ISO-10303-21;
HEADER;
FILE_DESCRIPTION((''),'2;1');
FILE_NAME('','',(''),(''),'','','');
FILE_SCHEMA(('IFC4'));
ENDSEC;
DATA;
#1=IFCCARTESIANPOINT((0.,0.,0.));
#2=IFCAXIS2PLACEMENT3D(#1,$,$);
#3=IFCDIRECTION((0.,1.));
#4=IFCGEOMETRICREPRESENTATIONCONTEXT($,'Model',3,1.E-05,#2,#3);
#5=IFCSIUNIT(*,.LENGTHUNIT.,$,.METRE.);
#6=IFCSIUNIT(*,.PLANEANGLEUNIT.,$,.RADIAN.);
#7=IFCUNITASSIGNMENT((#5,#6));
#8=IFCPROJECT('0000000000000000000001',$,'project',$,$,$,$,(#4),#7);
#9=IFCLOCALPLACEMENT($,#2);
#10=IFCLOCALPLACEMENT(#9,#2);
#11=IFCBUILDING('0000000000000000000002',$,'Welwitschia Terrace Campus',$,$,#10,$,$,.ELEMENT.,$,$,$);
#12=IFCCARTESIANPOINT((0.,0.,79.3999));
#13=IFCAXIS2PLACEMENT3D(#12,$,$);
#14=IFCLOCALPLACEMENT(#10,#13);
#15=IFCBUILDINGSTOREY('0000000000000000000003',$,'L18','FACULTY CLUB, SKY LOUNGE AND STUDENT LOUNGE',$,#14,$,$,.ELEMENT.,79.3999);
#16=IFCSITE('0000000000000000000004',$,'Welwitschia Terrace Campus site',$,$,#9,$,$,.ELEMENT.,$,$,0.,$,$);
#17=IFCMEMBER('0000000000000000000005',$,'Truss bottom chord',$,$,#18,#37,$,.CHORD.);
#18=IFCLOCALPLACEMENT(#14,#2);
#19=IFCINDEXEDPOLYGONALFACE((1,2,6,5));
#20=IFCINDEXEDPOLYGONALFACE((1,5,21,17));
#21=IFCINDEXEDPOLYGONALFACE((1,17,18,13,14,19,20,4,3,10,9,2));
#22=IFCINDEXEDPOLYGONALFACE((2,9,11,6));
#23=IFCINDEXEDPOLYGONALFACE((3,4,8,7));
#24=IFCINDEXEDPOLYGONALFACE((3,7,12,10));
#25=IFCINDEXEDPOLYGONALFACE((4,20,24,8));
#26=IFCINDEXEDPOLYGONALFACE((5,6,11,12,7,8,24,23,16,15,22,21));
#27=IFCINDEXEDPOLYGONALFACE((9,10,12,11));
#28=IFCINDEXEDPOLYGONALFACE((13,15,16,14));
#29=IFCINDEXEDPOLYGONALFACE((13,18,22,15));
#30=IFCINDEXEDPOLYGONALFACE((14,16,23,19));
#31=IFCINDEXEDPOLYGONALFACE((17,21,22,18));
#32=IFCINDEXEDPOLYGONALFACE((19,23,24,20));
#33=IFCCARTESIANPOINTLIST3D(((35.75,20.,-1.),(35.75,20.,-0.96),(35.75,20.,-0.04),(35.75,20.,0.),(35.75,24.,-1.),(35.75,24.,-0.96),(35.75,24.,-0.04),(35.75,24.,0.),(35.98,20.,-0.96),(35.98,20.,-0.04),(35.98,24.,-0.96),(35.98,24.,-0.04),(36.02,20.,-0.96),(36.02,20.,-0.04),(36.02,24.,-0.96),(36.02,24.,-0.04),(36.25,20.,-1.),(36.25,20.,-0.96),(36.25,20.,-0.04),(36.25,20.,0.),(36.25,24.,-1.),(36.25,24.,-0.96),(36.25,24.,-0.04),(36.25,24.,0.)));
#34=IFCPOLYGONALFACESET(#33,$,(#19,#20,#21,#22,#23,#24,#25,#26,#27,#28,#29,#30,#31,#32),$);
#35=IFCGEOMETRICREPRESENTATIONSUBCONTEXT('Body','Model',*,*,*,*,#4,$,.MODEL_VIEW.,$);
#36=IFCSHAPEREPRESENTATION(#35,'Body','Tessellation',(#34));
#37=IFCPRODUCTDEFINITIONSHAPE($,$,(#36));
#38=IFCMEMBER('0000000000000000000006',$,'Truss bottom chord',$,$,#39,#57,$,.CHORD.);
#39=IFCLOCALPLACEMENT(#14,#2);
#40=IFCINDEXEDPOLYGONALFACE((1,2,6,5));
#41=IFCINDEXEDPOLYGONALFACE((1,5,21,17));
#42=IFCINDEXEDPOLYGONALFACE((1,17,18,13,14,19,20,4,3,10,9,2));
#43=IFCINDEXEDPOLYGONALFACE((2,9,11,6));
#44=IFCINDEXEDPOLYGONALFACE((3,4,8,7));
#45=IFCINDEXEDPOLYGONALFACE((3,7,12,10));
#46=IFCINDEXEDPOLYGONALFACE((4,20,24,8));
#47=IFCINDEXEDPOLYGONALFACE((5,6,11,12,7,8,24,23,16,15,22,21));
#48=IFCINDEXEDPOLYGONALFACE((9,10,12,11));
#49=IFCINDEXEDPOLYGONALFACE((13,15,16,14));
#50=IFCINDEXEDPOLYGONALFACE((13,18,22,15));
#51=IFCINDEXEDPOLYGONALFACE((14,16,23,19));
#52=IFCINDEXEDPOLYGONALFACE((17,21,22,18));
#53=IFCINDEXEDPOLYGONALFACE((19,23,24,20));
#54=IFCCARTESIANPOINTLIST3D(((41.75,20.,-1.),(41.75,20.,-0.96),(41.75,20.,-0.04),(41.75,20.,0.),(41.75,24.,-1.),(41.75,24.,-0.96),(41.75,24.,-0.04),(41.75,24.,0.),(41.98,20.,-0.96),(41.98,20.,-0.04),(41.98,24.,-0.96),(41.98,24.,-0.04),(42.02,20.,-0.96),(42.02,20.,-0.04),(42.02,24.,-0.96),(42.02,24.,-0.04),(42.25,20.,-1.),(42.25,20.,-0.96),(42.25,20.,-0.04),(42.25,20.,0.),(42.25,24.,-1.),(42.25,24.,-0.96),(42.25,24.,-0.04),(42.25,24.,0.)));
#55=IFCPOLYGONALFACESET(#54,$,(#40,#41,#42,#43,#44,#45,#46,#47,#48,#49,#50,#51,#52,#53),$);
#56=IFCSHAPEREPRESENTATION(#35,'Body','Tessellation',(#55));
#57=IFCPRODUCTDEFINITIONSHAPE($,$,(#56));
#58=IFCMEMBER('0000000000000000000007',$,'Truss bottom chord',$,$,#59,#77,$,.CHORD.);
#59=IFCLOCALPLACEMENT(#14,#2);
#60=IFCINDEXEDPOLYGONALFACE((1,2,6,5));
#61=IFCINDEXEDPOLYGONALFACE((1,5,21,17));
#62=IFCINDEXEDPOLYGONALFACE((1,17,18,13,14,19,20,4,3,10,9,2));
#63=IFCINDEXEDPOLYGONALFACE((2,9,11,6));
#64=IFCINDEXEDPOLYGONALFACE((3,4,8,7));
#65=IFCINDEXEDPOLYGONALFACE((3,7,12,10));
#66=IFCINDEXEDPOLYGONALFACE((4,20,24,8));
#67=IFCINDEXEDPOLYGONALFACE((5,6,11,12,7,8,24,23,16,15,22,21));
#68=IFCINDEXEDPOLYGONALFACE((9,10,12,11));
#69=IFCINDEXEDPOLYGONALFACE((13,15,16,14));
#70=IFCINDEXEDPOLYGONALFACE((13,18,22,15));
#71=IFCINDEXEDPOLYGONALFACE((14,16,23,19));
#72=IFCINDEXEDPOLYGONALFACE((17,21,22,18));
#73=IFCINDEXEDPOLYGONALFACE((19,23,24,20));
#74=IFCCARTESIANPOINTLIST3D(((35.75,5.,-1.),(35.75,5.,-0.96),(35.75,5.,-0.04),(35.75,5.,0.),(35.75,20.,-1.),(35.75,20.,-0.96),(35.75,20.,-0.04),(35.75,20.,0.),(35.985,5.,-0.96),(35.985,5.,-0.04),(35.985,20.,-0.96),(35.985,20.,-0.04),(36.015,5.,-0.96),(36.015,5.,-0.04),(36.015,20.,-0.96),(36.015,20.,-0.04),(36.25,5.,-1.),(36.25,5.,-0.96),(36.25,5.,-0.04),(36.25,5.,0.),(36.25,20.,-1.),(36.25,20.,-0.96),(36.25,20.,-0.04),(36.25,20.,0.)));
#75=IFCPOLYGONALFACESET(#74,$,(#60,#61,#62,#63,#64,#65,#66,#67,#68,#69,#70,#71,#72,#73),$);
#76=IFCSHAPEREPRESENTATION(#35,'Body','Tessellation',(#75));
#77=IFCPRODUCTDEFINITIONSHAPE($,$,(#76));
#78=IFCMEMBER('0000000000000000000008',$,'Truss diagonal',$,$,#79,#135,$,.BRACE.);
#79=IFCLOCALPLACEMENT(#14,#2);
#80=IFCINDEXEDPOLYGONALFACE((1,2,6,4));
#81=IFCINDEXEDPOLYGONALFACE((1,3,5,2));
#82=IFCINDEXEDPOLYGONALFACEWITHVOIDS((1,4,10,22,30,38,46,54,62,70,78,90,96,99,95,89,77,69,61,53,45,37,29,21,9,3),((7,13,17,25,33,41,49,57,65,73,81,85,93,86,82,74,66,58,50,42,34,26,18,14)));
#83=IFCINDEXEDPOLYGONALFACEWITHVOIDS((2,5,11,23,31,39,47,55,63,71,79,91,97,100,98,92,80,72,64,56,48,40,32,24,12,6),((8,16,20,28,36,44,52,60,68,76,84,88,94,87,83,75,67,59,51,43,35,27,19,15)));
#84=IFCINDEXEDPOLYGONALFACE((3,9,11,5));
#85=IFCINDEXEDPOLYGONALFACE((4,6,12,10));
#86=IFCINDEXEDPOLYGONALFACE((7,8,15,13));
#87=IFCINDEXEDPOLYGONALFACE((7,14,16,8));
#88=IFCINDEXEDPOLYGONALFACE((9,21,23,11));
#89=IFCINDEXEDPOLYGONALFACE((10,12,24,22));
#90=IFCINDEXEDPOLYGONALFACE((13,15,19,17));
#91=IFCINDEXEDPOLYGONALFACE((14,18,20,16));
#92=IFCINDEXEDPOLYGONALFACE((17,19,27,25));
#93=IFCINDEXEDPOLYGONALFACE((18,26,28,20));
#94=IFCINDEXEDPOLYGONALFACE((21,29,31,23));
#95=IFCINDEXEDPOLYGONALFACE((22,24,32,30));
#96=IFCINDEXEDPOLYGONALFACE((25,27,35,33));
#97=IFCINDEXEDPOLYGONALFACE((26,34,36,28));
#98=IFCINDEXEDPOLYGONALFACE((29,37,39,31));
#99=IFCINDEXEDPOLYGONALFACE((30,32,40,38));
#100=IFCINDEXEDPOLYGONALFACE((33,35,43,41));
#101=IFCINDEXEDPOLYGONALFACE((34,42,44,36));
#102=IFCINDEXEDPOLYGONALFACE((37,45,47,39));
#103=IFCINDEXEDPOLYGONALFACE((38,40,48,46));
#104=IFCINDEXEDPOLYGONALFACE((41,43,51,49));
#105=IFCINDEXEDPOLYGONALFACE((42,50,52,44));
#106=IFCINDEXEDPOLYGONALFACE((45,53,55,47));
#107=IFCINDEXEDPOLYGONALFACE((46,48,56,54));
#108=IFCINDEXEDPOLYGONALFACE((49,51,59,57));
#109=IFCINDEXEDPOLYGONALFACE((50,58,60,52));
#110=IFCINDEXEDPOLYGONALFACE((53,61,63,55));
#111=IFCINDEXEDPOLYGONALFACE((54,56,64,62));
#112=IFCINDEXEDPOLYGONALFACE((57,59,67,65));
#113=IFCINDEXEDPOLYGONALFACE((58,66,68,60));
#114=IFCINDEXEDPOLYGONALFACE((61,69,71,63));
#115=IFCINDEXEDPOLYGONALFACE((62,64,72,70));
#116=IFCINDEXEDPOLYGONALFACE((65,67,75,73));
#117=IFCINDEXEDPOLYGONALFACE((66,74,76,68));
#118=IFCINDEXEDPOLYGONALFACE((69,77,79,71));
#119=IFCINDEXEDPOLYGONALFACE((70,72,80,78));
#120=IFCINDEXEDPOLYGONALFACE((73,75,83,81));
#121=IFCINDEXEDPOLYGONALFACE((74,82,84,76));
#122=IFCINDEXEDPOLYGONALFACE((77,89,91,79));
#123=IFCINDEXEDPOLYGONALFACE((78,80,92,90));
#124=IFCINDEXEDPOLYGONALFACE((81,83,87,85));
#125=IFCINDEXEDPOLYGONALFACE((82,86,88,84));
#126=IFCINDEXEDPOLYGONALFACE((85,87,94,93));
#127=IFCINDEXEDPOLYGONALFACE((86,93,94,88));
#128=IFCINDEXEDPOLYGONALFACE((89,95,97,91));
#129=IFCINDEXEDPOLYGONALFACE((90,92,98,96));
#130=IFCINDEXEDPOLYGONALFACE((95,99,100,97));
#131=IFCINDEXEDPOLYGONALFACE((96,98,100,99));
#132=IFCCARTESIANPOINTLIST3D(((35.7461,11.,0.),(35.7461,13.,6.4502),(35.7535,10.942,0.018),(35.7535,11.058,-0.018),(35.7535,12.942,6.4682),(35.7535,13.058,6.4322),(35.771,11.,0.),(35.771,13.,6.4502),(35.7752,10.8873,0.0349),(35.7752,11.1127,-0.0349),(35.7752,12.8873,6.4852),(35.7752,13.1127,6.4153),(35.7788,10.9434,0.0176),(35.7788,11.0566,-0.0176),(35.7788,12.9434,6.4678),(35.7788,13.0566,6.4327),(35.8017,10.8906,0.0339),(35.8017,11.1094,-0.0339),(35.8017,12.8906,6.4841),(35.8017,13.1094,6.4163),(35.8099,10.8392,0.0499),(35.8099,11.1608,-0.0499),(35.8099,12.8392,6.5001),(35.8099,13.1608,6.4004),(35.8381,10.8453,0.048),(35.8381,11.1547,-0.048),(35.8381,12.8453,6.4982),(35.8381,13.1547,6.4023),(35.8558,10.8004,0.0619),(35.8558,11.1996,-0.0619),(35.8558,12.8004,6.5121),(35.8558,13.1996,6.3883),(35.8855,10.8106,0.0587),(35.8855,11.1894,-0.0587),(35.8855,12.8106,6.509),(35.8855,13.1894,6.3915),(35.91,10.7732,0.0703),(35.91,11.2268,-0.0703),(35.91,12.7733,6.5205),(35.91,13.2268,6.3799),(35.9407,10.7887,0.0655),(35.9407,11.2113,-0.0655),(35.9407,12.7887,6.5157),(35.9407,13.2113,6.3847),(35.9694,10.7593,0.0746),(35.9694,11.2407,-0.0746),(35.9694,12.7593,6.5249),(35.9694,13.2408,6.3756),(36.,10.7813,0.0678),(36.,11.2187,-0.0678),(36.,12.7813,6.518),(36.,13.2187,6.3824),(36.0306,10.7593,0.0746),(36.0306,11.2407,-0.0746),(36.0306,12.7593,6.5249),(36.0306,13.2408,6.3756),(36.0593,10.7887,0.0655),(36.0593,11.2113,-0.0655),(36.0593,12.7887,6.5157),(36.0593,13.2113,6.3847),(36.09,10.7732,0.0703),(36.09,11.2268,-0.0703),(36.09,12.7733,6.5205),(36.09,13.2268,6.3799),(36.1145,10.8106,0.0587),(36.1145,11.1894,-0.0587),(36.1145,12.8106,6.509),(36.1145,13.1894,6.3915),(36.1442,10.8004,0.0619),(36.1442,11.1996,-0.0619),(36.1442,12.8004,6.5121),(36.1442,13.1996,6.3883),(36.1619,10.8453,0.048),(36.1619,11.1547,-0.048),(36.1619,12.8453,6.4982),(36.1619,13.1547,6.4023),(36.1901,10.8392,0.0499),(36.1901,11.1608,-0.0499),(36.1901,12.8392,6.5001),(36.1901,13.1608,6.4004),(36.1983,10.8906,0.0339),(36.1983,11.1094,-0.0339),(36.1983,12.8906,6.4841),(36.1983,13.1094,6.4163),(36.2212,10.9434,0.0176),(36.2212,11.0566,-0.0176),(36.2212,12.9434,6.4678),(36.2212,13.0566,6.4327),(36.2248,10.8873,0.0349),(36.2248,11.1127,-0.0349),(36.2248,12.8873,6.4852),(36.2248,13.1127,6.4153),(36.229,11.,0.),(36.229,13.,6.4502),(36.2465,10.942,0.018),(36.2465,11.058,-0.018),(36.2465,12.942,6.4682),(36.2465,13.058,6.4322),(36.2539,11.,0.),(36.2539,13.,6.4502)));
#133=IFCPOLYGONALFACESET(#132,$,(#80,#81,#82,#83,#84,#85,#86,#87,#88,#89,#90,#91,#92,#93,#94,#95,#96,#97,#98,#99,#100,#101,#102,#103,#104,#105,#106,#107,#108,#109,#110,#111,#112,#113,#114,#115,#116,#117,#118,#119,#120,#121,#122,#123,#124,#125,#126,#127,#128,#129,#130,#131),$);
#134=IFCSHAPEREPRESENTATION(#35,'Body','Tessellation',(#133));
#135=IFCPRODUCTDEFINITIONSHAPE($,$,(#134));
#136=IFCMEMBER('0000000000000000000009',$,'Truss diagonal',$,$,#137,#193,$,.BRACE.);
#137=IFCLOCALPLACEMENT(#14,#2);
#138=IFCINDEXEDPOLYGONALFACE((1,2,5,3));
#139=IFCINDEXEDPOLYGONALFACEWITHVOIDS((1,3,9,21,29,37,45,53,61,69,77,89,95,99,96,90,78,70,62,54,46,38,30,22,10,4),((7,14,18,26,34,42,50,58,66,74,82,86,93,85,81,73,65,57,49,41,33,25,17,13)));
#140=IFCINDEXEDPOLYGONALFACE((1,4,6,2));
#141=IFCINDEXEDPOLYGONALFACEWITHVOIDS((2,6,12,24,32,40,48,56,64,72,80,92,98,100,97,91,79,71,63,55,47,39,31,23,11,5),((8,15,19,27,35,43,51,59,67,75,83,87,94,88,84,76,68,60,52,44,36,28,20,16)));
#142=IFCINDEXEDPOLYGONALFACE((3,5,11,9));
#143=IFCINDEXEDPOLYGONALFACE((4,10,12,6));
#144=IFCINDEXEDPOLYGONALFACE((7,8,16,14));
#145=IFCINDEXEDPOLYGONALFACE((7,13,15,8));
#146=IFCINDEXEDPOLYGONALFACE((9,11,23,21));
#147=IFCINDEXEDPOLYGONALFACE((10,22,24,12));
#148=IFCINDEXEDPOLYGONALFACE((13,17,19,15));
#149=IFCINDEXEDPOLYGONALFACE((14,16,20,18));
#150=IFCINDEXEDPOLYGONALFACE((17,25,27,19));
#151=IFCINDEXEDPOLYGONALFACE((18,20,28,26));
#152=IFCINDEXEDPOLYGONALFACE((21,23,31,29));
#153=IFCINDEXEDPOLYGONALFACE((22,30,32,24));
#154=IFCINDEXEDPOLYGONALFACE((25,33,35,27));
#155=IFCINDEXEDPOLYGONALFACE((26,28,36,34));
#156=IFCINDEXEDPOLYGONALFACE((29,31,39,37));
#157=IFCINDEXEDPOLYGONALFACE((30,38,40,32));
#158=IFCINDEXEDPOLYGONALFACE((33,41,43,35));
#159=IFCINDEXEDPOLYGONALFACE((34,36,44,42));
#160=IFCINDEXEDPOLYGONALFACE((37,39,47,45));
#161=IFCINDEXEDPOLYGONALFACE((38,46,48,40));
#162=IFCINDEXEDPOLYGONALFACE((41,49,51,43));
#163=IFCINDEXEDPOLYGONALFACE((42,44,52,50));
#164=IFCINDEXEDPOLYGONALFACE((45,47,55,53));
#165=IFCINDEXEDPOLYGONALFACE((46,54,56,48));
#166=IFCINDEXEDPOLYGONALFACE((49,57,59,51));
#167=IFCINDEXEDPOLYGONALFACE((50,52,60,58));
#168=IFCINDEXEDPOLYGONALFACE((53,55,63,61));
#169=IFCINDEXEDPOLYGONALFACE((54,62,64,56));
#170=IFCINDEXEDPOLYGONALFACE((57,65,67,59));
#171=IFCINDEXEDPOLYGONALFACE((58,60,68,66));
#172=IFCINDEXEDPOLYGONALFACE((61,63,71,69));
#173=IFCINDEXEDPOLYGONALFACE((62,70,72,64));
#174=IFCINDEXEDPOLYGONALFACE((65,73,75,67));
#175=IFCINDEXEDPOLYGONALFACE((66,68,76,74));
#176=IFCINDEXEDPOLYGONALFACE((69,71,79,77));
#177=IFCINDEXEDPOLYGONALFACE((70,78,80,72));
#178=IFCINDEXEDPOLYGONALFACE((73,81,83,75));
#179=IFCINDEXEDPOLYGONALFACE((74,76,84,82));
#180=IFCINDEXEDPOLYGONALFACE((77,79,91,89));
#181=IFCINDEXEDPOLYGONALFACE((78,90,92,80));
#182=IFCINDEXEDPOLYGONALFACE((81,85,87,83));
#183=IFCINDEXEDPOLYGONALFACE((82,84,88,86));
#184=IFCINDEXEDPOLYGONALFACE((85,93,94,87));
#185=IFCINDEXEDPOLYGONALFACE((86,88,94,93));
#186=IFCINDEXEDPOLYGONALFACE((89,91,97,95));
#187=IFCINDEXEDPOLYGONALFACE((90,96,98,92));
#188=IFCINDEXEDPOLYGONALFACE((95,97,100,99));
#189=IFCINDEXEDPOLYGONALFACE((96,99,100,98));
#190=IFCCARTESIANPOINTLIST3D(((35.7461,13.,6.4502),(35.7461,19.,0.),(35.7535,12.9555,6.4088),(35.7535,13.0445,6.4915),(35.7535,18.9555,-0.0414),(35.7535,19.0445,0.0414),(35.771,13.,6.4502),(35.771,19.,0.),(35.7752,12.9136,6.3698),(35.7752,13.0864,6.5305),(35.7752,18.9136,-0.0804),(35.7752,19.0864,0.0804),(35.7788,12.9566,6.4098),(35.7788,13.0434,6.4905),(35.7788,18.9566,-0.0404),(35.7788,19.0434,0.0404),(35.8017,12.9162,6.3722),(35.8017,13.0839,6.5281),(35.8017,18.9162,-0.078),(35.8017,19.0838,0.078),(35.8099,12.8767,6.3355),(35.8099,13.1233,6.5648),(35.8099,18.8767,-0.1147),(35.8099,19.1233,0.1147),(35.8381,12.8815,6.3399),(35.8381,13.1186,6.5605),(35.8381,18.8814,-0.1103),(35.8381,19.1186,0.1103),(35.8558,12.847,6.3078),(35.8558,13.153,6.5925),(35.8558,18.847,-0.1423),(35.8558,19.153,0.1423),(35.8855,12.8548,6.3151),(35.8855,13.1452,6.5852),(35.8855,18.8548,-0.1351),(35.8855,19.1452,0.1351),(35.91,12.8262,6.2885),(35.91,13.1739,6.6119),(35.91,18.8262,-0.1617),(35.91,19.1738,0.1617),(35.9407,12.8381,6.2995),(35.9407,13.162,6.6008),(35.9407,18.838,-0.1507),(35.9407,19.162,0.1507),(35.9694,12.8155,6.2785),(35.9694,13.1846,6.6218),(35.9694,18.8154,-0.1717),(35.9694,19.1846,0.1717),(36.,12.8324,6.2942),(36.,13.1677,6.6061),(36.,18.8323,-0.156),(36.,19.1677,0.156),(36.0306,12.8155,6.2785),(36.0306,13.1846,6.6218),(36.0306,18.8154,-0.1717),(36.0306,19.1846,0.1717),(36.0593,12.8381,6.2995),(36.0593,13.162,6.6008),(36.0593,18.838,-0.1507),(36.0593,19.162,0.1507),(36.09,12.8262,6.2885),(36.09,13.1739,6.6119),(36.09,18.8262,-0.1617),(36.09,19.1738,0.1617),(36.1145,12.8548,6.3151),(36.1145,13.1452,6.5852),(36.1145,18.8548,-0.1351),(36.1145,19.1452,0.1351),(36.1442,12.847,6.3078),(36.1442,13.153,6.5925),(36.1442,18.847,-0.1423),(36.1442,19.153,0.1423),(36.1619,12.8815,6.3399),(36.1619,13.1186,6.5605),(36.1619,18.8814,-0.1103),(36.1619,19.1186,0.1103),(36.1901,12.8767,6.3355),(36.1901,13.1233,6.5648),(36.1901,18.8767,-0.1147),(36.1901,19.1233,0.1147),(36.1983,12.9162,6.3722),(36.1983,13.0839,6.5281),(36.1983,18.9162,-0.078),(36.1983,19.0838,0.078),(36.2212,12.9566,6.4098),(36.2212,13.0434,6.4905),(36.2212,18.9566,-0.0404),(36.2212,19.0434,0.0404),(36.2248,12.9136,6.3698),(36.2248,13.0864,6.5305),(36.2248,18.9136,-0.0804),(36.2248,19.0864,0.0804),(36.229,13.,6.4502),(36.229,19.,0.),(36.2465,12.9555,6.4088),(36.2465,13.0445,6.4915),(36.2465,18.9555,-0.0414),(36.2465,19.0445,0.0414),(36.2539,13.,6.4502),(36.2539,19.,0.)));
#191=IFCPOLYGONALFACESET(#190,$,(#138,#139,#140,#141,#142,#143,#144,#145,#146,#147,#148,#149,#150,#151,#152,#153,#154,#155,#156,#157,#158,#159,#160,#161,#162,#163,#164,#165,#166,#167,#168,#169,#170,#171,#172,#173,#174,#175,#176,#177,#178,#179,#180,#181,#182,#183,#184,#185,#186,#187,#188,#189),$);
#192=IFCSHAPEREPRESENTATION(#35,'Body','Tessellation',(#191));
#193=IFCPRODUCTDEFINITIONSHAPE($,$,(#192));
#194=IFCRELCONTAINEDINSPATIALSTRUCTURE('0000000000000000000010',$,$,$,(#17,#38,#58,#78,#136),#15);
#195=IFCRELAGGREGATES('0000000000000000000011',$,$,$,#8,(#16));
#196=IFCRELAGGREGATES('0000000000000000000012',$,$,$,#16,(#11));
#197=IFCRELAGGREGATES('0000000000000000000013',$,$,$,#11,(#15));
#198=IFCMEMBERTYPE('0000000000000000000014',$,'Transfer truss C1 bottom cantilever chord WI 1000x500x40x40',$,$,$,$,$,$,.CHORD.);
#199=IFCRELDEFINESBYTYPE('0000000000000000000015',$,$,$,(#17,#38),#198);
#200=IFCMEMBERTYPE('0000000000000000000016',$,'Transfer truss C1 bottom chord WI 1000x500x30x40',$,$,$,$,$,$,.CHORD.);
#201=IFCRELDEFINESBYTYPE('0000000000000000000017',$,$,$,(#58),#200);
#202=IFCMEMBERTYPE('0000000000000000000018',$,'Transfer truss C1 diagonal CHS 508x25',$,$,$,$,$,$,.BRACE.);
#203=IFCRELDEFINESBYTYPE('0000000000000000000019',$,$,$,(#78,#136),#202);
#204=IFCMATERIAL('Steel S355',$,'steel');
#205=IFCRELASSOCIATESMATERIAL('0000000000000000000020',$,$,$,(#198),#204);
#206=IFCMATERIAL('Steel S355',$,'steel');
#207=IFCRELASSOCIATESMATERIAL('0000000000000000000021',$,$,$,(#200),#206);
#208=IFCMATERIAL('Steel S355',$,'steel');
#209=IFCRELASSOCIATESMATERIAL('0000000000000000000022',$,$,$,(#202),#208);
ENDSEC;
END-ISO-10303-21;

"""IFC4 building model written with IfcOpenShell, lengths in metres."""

from ifc_helpers import new_model, si_unit, direction, frame, origin, origin_2d, place, context, subcontext, project, spatial, hollow_circle, i_section, extrude, material, material_profile, profile_set, type_object, element, save


model = new_model("IFC4")

# Units and contexts
model_context = context("Model", 3, precision=1e-05, world=origin(), true_north=direction((0.0, 1.0)))
body_context = subcontext(model_context, "Body", "Model", "MODEL_VIEW")
ifc_project = project(units=[si_unit("LENGTHUNIT", "METRE"), si_unit("PLANEANGLEUNIT", "RADIAN")], contexts=[model_context])

# Site, building, storey
site_placement = place(None, origin())
site = spatial("IfcSite", under=ifc_project, at=site_placement, Name="Welwitschia Terrace Campus site", CompositionType="ELEMENT", RefElevation=0.0)
building_placement = place(site_placement, origin())
building = spatial("IfcBuilding", under=site, at=building_placement, Name="Welwitschia Terrace Campus", CompositionType="ELEMENT")
storey_placement = place(building_placement, frame((0.0, 0.0, 79.3999)))
storey = spatial("IfcBuildingStorey", under=building, at=storey_placement, Name="L18", Description="FACULTY CLUB, SKY LOUNGE AND STUDENT LOUNGE", CompositionType="ELEMENT", Elevation=79.3999)

# Members
ifc_material_1 = material(Name="Steel S355", Category="steel")
ifc_material_profile_1 = material_profile(ifc_material_1, i_section(OverallWidth=0.5, OverallDepth=1.0, WebThickness=0.04, FlangeThickness=0.04, at=origin_2d()))
ifc_profile_set_1 = profile_set([ifc_material_profile_1], Name="Steel S355")
member_type_1 = type_object("IfcMemberType", Name="Transfer truss C1 bottom cantilever chord WI 1000x500x40x40", PredefinedType="CHORD", material=ifc_profile_set_1)
for number, where, z_axis, x_axis, name in (
    (1, (36.0, 20.0, -0.5), (0.0, 1.0, 0.0), (-1.0, 0.0, 0.0), "Truss bottom chord"),
    (2, (42.0, 20.0, -0.5), (0.0, 1.0, 0.0), (-1.0, 0.0, 0.0), "Truss bottom chord"),
):
    element("IfcMember", number, at=place(storey_placement, frame(where, z_axis=z_axis, x_axis=x_axis)), inside=storey, type_object=member_type_1, Name=name, PredefinedType="CHORD", context=body_context, shape_type="SweptSolid", body=[
        extrude(i_section(OverallWidth=0.5, OverallDepth=1.0, WebThickness=0.04, FlangeThickness=0.04, at=origin_2d()), origin(), (0.0, 0.0, 1.0), 4.0),
    ])
ifc_material_2 = material(Name="Steel S355", Category="steel")
ifc_material_profile_2 = material_profile(ifc_material_2, i_section(OverallWidth=0.5, OverallDepth=1.0, WebThickness=0.03, FlangeThickness=0.04, at=origin_2d()))
ifc_profile_set_2 = profile_set([ifc_material_profile_2], Name="Steel S355")
member_type_2 = type_object("IfcMemberType", Name="Transfer truss C1 bottom chord WI 1000x500x30x40", PredefinedType="CHORD", material=ifc_profile_set_2)
member_1_placement = place(storey_placement, frame((36.0, 5.0, -0.5), z_axis=(0.0, 1.0, 0.0), x_axis=(-1.0, 0.0, 0.0)))
element("IfcMember", 3, at=member_1_placement, inside=storey, type_object=member_type_2, Name="Truss bottom chord", PredefinedType="CHORD", context=body_context, shape_type="SweptSolid", body=[
    extrude(i_section(OverallWidth=0.5, OverallDepth=1.0, WebThickness=0.03, FlangeThickness=0.04, at=origin_2d()), origin(), (0.0, 0.0, 1.0), 15.0),
])
ifc_material_3 = material(Name="Steel S355", Category="steel")
ifc_material_profile_3 = material_profile(ifc_material_3, hollow_circle(Radius=0.2539, WallThickness=0.0249, at=origin_2d()))
ifc_profile_set_3 = profile_set([ifc_material_profile_3], Name="Steel S355")
member_type_3 = type_object("IfcMemberType", Name="Transfer truss C1 diagonal CHS 508x25", PredefinedType="BRACE", material=ifc_profile_set_3)
member_2_placement = place(storey_placement, frame((36.0, 11.0, 0.0), z_axis=(0.0, 0.296158, 0.955139), x_axis=(-1.0, 0.0, 0.0)))
element("IfcMember", 4, at=member_2_placement, inside=storey, type_object=member_type_3, Name="Truss diagonal", PredefinedType="BRACE", context=body_context, shape_type="SweptSolid", body=[
    extrude(hollow_circle(Radius=0.2539, WallThickness=0.0249, at=origin_2d()), origin(), (0.0, 0.0, 1.0), 6.7532),
])
member_3_placement = place(storey_placement, frame((36.0, 19.0, 0.0), z_axis=(0.0, -0.681093, 0.732197), x_axis=(1.0, 0.0, 0.0)))
element("IfcMember", 5, at=member_3_placement, inside=storey, type_object=member_type_3, Name="Truss diagonal", PredefinedType="BRACE", context=body_context, shape_type="SweptSolid", body=[
    extrude(hollow_circle(Radius=0.2539, WallThickness=0.0249, at=origin_2d()), origin(), (0.0, 0.0, 1.0), 8.8093),
])

save(model, "model.ifc")
